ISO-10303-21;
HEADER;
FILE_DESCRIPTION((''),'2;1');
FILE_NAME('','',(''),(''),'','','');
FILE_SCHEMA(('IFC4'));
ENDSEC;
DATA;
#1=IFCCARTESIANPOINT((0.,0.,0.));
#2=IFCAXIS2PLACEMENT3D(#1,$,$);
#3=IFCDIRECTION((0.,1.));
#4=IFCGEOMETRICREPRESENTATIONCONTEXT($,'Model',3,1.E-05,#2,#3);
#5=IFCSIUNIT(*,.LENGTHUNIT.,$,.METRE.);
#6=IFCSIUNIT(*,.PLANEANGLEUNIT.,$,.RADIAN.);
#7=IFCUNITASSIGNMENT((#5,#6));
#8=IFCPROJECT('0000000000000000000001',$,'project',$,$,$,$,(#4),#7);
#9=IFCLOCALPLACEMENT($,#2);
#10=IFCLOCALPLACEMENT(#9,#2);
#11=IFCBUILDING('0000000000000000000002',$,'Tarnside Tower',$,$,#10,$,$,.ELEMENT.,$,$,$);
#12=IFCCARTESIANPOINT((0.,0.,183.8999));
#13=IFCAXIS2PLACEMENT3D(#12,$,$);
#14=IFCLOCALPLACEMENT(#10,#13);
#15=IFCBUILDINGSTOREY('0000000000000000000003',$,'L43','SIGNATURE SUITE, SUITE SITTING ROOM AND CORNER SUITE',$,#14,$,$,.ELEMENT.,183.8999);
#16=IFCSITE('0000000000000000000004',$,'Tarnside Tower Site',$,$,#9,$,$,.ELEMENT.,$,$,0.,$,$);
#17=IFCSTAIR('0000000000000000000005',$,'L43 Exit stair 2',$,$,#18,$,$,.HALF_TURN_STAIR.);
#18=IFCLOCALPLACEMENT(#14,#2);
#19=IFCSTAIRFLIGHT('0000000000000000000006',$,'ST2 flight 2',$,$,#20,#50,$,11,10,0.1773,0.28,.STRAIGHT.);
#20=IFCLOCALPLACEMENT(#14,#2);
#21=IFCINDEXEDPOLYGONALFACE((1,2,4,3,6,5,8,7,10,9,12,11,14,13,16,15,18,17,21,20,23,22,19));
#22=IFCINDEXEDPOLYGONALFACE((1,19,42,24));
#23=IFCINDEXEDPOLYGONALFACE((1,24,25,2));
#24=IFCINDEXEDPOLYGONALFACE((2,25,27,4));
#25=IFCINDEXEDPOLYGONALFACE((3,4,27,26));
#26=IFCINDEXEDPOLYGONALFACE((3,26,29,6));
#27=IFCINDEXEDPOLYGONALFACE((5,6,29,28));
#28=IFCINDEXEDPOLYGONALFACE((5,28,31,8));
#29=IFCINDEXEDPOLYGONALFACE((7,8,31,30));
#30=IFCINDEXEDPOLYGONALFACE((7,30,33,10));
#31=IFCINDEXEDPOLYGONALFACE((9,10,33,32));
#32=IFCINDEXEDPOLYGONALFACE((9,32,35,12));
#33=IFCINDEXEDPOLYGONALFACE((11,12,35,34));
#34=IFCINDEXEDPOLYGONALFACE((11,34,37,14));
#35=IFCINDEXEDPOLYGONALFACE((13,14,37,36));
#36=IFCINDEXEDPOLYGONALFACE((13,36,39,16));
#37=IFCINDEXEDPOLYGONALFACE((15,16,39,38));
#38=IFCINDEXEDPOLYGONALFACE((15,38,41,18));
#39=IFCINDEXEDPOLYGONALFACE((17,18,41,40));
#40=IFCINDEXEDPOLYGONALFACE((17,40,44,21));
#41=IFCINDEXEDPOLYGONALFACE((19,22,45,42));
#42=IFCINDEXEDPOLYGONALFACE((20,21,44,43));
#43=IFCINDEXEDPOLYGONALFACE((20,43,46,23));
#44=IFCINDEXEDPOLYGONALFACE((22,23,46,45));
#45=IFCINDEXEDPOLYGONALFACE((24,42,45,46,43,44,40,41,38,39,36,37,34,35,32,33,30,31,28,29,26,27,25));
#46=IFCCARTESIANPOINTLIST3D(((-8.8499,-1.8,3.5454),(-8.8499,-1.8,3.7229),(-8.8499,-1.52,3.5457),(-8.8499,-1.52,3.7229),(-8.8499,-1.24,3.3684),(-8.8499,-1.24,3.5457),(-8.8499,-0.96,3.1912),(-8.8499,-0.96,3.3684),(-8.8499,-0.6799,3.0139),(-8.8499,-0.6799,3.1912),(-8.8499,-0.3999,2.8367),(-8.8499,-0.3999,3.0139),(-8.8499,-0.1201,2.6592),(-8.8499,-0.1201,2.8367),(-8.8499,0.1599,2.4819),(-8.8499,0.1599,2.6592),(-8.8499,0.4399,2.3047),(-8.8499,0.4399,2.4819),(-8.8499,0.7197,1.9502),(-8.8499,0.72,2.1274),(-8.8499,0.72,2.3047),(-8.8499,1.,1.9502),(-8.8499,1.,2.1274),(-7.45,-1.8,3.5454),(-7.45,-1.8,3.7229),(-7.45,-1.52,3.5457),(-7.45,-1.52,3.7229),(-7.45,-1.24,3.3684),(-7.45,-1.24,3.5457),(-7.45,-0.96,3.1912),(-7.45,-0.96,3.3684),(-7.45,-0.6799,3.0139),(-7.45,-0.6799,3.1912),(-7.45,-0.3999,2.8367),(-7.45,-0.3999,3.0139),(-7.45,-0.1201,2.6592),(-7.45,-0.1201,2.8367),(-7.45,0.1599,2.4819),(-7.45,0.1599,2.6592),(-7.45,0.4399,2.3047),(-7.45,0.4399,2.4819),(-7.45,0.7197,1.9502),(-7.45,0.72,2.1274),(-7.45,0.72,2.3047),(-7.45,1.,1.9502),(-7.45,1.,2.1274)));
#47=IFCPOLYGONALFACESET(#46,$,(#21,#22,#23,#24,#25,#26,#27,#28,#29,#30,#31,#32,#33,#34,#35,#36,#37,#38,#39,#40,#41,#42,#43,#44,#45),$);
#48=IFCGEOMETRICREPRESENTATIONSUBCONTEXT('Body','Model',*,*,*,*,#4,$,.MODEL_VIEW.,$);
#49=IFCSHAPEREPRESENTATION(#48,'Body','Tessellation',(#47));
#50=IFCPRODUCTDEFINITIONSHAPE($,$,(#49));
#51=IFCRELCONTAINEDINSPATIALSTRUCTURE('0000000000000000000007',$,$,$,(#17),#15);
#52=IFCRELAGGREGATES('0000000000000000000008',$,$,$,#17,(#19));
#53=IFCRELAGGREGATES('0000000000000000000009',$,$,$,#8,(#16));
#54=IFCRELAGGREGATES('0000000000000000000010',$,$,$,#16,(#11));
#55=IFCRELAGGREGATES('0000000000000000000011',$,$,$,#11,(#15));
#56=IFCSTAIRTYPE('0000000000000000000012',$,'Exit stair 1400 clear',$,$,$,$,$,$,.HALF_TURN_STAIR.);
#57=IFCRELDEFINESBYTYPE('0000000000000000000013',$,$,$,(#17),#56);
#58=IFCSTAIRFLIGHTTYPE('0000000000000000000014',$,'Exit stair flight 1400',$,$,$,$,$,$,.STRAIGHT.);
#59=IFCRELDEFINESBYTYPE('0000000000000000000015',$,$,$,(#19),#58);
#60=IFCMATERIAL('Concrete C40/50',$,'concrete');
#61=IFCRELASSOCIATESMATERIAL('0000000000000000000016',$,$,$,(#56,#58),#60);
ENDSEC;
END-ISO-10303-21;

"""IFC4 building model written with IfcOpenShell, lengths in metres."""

from ifc_helpers import new_model, si_unit, direction, frame, origin, place, context, subcontext, project, spatial, polyline, outline, extrude, material, type_object, element, aggregate, save


model = new_model("IFC4")

# Units and contexts
model_context = context("Model", 3, precision=1e-05, world=origin(), true_north=direction((0.0, 1.0)))
body_context = subcontext(model_context, "Body", "Model", "MODEL_VIEW")
ifc_project = project(units=[si_unit("LENGTHUNIT", "METRE"), si_unit("PLANEANGLEUNIT", "RADIAN")], contexts=[model_context])

# Site, building, storey
site_placement = place(None, origin())
site = spatial("IfcSite", under=ifc_project, at=site_placement, Name="Tarnside Tower Site", CompositionType="ELEMENT", RefElevation=0.0)
building_placement = place(site_placement, origin())
building = spatial("IfcBuilding", under=site, at=building_placement, Name="Tarnside Tower", CompositionType="ELEMENT")
storey_placement = place(building_placement, frame((0.0, 0.0, 183.8999)))
storey = spatial("IfcBuildingStorey", under=building, at=storey_placement, Name="L43", Description="SIGNATURE SUITE, SUITE SITTING ROOM AND CORNER SUITE", CompositionType="ELEMENT", Elevation=183.8999)

# Shared definitions
ifc_material_1 = material(Name="Concrete C40/50", Category="concrete")

# Stair, stair flight
stair_type = type_object("IfcStairType", Name="Exit stair 1400 clear", PredefinedType="HALF_TURN_STAIR", material=ifc_material_1)
stair_placement = place(storey_placement, origin())
stair = element("IfcStair", 1, at=stair_placement, inside=storey, type_object=stair_type, Name="L43 Exit stair 2", PredefinedType="HALF_TURN_STAIR")
stair_flight_type = type_object("IfcStairFlightType", Name="Exit stair flight 1400", PredefinedType="STRAIGHT", material=ifc_material_1)
stair_flight_placement = place(storey_placement, frame((-8.1499, 1.0, 1.9502), z_axis=(0.0, 0.0, 1.0), x_axis=(0.0, -1.0, 0.0)))
stair_flight = element("IfcStairFlight", 2, at=stair_flight_placement, type_object=stair_flight_type, Name="ST2 flight 2", NumberOfRisers=11, NumberOfTreads=10, PredefinedType="STRAIGHT", RiserHeight=0.1773, TreadLength=0.28, context=body_context, shape_type="SweptSolid", body=[
    extrude(outline(polyline([(0.0, 0.0), (0.0, 0.1772), (0.28, 0.1772), (0.28, 0.3545), (0.5601, 0.3545), (0.5601, 0.5317), (0.8401, 0.5317), (0.8401, 0.709), (1.1201, 0.709), (1.1201, 0.8865), (1.3999, 0.8865), (1.3999, 1.0637), (1.6799, 1.0637), (1.6799, 1.241), (1.96, 1.241), (1.96, 1.4182), (2.24, 1.4182), (2.24, 1.5955), (2.52, 1.5955), (2.52, 1.7727), (2.8, 1.7727), (2.8, 1.95), (2.8, 1.5952), (0.2803, 0.0), (0.0, 0.0)])), frame((0.0, 0.7, 0.0), z_axis=(0.0, -1.0, 0.0), x_axis=(1.0, 0.0, 0.0)), (0.0, 0.0, 1.0), 1.3999),
])
aggregate(stair, [stair_flight])

save(model, "model.ifc")
